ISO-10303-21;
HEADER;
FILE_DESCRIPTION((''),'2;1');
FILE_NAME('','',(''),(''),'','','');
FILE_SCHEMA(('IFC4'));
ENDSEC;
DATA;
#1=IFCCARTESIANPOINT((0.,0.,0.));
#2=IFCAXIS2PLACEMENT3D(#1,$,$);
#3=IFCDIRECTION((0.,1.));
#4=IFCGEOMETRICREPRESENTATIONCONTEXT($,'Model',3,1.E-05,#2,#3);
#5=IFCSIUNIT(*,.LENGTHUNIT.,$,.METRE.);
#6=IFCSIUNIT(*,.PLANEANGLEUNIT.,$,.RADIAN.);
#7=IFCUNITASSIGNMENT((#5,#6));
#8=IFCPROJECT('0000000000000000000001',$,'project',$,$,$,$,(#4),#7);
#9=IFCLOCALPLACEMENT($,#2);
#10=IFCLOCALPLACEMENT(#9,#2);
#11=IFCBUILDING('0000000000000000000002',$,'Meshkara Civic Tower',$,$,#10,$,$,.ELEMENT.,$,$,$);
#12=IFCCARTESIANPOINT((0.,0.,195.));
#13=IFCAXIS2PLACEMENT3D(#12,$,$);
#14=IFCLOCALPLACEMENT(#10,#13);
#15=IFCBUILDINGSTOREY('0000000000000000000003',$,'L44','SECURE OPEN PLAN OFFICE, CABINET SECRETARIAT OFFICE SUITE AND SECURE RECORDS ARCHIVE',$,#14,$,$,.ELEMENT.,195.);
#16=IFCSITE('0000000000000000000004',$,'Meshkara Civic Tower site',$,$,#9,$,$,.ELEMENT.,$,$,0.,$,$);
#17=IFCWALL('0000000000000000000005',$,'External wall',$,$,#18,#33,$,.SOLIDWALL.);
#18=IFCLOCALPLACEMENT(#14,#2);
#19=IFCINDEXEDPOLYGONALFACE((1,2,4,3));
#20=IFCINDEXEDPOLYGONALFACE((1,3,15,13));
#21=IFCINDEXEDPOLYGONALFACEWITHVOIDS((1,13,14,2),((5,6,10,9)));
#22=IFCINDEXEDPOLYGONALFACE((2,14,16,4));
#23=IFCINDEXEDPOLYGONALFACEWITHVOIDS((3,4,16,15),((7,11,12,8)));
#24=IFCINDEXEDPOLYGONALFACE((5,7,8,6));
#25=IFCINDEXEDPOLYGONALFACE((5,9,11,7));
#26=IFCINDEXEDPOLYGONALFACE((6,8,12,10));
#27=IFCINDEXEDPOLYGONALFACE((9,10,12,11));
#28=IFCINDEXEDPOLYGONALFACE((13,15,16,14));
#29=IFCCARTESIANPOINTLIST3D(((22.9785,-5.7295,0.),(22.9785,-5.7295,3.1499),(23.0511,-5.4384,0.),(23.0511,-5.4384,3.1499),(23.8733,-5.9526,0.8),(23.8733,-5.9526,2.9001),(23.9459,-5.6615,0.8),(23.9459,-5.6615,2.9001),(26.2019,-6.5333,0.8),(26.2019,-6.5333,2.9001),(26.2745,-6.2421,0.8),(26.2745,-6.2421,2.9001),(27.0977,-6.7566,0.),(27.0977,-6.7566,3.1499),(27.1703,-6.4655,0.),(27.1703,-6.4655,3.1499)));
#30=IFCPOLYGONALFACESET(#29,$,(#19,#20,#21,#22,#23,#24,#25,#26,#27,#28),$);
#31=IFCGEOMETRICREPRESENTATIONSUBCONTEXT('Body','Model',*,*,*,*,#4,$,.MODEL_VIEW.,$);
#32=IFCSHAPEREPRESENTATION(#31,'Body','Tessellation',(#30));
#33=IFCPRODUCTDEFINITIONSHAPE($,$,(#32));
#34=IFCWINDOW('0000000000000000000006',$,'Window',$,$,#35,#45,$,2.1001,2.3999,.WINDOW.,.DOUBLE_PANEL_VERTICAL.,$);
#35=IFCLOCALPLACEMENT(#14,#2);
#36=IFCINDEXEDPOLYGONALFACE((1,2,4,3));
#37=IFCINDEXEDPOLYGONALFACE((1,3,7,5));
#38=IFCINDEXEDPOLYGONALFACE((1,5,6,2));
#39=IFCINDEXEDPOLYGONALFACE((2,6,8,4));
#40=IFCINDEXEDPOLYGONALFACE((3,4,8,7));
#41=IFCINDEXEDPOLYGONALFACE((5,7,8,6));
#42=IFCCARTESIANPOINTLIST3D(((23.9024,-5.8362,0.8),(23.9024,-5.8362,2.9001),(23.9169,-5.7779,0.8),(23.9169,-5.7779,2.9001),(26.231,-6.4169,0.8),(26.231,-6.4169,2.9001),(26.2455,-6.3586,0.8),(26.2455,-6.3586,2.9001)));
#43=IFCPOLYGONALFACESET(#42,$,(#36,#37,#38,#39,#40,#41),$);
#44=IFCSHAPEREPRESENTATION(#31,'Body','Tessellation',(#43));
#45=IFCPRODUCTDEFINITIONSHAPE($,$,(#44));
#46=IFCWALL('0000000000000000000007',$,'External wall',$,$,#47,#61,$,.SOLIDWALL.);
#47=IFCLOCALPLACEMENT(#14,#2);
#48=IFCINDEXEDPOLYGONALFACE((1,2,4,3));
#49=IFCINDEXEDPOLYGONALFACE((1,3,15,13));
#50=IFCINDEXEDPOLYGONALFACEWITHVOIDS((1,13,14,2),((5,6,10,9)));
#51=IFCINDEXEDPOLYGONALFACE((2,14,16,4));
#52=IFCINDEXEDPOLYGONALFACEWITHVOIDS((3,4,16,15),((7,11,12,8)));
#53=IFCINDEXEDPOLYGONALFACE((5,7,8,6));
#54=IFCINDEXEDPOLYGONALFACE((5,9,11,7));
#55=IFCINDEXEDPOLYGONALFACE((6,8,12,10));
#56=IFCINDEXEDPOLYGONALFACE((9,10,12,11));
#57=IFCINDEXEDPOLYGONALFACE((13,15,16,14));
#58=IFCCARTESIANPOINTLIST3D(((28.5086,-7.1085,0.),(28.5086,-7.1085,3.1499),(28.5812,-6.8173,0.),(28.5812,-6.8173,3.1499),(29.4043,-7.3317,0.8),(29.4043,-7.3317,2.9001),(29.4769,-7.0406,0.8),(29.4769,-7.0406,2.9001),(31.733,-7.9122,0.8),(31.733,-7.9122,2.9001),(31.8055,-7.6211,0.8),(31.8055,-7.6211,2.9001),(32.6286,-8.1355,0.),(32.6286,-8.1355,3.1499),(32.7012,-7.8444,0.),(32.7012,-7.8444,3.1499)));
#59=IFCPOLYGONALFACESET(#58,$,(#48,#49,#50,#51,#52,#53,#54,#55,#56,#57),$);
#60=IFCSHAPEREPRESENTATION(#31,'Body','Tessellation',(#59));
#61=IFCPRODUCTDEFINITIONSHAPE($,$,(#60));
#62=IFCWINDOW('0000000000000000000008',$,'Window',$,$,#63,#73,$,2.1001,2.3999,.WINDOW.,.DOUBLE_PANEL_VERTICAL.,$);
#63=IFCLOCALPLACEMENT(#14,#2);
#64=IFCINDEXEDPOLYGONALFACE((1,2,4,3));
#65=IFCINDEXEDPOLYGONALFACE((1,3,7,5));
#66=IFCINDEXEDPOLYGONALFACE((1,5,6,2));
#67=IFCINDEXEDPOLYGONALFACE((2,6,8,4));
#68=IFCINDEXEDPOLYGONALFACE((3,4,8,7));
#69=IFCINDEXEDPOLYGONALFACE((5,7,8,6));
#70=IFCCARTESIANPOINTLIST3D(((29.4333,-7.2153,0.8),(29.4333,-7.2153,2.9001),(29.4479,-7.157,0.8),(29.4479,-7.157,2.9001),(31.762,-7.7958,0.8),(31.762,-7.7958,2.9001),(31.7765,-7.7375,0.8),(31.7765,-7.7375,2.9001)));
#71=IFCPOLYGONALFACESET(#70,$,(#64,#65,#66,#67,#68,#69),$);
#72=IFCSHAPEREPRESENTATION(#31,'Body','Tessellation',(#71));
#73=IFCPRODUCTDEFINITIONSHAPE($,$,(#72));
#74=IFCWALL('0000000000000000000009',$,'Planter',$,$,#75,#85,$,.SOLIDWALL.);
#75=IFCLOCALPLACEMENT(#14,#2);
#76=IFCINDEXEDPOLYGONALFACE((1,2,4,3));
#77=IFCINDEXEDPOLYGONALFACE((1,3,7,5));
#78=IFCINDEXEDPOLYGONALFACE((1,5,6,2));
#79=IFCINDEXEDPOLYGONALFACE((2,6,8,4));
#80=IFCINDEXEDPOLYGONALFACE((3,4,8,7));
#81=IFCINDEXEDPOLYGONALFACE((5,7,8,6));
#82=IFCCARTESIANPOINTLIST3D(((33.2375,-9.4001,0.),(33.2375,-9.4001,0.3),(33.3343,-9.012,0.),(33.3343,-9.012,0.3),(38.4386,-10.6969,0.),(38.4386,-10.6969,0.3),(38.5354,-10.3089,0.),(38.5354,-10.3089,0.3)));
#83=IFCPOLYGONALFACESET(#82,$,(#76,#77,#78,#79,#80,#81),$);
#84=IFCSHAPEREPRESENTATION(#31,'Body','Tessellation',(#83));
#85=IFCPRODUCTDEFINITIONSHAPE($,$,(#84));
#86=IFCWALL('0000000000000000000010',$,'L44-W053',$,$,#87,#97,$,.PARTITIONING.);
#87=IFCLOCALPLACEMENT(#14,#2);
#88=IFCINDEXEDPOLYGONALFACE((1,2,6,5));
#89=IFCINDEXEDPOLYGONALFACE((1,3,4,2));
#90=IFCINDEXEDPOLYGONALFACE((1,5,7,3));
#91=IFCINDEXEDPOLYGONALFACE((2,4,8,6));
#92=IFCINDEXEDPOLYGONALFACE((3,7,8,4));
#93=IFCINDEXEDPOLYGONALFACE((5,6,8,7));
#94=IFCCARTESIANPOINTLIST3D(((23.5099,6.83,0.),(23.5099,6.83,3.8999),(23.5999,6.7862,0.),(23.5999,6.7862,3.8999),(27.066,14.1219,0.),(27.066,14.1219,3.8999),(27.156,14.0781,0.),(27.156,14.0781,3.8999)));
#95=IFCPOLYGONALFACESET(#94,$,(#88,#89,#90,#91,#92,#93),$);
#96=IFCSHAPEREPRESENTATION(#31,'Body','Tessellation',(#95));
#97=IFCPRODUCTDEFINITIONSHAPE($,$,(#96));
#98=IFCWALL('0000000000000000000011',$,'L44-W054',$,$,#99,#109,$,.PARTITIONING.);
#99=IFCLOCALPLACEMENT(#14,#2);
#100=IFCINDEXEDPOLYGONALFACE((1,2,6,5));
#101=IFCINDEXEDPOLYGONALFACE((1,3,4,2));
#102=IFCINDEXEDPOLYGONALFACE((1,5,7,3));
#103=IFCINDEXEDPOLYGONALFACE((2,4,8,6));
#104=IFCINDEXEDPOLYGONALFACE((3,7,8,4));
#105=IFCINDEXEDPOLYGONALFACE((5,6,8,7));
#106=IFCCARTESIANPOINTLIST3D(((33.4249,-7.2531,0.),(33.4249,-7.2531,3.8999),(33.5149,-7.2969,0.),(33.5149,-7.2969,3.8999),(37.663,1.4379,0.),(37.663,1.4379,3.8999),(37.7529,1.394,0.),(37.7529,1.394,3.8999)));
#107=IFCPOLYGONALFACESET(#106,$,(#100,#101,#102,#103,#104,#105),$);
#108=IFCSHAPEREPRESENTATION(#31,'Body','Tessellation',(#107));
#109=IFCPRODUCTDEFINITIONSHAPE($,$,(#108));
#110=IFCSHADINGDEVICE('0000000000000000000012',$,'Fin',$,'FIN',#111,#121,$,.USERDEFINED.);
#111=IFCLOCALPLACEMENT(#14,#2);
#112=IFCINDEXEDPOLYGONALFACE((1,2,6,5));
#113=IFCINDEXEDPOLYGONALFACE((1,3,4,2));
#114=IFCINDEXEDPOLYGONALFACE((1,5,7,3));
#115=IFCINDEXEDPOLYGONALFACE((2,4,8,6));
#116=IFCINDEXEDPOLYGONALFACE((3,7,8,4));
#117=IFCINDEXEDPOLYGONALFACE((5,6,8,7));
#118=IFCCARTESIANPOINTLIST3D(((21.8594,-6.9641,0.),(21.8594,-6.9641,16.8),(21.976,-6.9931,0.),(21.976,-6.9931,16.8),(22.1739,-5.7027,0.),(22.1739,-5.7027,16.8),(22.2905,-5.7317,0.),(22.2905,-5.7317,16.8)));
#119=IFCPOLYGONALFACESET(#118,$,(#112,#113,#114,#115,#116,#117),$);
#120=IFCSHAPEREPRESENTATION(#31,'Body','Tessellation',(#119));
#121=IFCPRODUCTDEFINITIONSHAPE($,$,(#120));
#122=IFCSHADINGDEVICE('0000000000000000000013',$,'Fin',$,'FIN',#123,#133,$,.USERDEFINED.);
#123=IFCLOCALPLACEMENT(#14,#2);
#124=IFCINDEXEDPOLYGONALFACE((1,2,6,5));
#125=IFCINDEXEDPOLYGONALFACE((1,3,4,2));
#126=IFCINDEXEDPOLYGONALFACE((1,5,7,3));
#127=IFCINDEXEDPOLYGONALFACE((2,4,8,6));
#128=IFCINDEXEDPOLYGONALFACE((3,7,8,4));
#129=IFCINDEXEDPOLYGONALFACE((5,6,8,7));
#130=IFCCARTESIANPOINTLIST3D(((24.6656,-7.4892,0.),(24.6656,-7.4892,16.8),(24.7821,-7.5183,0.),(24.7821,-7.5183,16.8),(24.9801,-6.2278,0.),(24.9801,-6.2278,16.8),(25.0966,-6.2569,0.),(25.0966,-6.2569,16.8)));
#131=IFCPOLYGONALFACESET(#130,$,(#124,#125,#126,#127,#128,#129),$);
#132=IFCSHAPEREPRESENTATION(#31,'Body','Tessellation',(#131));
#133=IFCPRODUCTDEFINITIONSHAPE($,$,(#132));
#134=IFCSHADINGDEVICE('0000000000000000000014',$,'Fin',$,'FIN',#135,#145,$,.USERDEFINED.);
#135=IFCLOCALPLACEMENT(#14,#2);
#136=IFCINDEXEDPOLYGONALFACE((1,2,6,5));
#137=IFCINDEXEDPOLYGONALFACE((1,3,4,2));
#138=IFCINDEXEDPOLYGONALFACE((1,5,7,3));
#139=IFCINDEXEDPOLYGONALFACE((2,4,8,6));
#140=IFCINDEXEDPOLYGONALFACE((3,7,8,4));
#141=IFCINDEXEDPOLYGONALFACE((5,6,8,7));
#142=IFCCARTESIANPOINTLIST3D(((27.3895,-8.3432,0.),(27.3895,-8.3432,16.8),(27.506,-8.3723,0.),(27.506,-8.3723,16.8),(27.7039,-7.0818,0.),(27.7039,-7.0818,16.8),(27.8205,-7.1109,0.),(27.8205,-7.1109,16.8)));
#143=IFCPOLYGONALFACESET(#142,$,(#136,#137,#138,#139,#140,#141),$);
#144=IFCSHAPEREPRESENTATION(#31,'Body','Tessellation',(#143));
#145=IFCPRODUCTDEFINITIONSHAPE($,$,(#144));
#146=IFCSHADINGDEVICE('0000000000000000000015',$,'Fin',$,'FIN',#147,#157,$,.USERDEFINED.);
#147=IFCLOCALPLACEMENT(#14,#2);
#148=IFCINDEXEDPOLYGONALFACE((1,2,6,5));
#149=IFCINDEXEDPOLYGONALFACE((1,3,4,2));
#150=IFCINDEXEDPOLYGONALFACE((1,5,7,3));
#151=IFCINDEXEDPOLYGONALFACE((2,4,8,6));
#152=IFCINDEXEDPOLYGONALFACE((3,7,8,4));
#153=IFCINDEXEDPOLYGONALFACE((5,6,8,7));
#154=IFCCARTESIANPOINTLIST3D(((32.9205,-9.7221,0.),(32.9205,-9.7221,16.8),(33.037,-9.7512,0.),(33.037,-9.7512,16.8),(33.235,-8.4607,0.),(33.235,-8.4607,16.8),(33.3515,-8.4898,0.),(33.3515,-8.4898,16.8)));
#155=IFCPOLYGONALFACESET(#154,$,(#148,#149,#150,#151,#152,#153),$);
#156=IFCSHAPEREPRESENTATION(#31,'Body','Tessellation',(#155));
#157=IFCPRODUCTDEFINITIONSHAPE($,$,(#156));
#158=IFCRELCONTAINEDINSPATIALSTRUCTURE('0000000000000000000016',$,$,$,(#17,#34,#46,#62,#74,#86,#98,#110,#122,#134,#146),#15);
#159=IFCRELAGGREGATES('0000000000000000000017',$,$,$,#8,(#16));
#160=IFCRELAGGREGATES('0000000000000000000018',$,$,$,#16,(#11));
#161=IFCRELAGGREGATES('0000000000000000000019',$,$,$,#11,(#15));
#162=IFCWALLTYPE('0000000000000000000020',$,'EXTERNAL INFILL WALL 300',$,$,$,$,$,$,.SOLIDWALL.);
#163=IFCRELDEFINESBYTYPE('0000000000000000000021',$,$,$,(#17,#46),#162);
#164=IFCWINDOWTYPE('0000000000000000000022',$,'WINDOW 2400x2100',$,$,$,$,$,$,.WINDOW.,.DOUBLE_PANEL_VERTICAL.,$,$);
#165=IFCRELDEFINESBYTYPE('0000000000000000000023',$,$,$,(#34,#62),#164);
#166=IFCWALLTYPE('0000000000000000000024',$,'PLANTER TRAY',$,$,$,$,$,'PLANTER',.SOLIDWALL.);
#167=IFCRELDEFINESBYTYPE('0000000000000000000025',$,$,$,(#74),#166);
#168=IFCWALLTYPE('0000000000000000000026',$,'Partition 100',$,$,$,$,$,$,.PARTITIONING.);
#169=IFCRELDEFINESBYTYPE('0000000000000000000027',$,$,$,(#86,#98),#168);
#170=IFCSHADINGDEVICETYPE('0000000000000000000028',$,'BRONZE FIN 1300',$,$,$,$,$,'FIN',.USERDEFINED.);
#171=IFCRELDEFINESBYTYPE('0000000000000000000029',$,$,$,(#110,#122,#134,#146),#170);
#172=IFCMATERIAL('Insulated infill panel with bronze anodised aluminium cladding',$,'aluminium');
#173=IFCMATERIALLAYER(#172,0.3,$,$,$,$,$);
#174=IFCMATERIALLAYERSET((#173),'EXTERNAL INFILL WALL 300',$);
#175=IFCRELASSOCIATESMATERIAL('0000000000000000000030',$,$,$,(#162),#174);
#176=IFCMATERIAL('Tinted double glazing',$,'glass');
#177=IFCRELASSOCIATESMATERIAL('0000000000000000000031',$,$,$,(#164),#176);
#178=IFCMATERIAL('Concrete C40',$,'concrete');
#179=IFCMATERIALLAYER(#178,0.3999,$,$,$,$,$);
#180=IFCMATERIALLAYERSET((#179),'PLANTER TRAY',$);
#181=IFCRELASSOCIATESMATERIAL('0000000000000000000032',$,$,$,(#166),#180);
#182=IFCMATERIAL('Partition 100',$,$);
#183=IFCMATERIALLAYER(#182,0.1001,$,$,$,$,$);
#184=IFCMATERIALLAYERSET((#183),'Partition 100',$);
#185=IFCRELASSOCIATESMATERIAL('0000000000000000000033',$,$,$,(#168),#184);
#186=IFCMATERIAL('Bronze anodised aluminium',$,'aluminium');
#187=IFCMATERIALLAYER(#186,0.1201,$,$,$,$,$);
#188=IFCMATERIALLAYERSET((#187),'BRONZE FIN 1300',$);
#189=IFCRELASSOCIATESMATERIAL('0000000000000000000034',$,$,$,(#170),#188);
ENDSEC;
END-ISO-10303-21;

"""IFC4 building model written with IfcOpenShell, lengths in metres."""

from ifc_helpers import new_model, si_unit, direction, frame, frame_2d, origin, origin_2d, place, context, subcontext, project, spatial, rectangle, extrude, material, layer, layer_set, type_object, element, fill, save


model = new_model("IFC4")

# Units and contexts
model_context = context("Model", 3, precision=1e-05, world=origin(), true_north=direction((0.0, 1.0)))
body_context = subcontext(model_context, "Body", "Model", "MODEL_VIEW")
ifc_project = project(units=[si_unit("LENGTHUNIT", "METRE"), si_unit("PLANEANGLEUNIT", "RADIAN")], contexts=[model_context])

# Site, building, storey
site_placement = place(None, origin())
site = spatial("IfcSite", under=ifc_project, at=site_placement, Name="Meshkara Civic Tower site", CompositionType="ELEMENT", RefElevation=0.0)
building_placement = place(site_placement, origin())
building = spatial("IfcBuilding", under=site, at=building_placement, Name="Meshkara Civic Tower", CompositionType="ELEMENT")
storey_placement = place(building_placement, frame((0.0, 0.0, 195.0)))
storey = spatial("IfcBuildingStorey", under=building, at=storey_placement, Name="L44", Description="SECURE OPEN PLAN OFFICE, CABINET SECRETARIAT OFFICE SUITE AND SECURE RECORDS ARCHIVE", CompositionType="ELEMENT", Elevation=195.0)

# Walls, openings, windows
ifc_material_1 = material(Name="Insulated infill panel with bronze anodised aluminium cladding", Category="aluminium")
ifc_layer_1 = layer(ifc_material_1, 0.3)
ifc_layer_set_1 = layer_set([ifc_layer_1], Name="EXTERNAL INFILL WALL 300")
wall_type_1 = type_object("IfcWallType", Name="EXTERNAL INFILL WALL 300", PredefinedType="SOLIDWALL", material=ifc_layer_set_1)
wall_1_placement = place(storey_placement, frame((23.0149, -5.584, 0.0), z_axis=(0.0, 0.0, 1.0), x_axis=(0.970291, -0.24194, 0.0)))
wall_1 = element("IfcWall", 1, at=wall_1_placement, inside=storey, type_object=wall_type_1, Name="External wall", PredefinedType="SOLIDWALL", context=body_context, shape_type="SweptSolid", body=[
    extrude(rectangle(XDim=4.2454, YDim=0.3, at=frame_2d((2.1226, 0.0))), origin(), (0.0, 0.0, 1.0), 3.1499),
])
opening_1_placement = place(wall_1_placement, frame((0.9221, 0.0, 0.8)))
opening_1 = element("IfcOpeningElement", 2, at=opening_1_placement, cuts=wall_1, PredefinedType="OPENING", context=body_context, shape_type="SweptSolid", body=[
    extrude(rectangle(XDim=2.3999, YDim=2.1001, at=frame_2d((1.2, 1.05))), frame((0.0, 0.1599, 0.0), z_axis=(0.0, -1.0, 0.0), x_axis=(1.0, 0.0, 0.0)), (0.0, 0.0, 1.0), 0.3201),
])
ifc_material_2 = material(Name="Tinted double glazing", Category="glass")
window_type = type_object("IfcWindowType", Name="WINDOW 2400x2100", PartitioningType="DOUBLE_PANEL_VERTICAL", PredefinedType="WINDOW", material=ifc_material_2)
window_1_placement = place(opening_1_placement, origin())
window_1 = element("IfcWindow", 3, at=window_1_placement, inside=storey, type_object=window_type, Name="Window", OverallHeight=2.1001, OverallWidth=2.3999, PartitioningType="DOUBLE_PANEL_VERTICAL", PredefinedType="WINDOW", context=body_context, shape_type="SweptSolid", body=[
    extrude(rectangle(XDim=2.3999, YDim=2.1001, at=frame_2d((1.2, 1.05))), frame((0.0, 0.03, 0.0), z_axis=(0.0, -1.0, 0.0), x_axis=(1.0, 0.0, 0.0)), (0.0, 0.0, 1.0), 0.0601),
])
fill(opening_1, window_1)
wall_2_placement = place(storey_placement, frame((28.5449, -6.9629, 0.0), z_axis=(0.0, 0.0, 1.0), x_axis=(0.970305, -0.241886, 0.0)))
wall_2 = element("IfcWall", 4, at=wall_2_placement, inside=storey, type_object=wall_type_1, Name="External wall", PredefinedType="SOLIDWALL", context=body_context, shape_type="SweptSolid", body=[
    extrude(rectangle(XDim=4.2461, YDim=0.3, at=frame_2d((2.123, 0.0))), origin(), (0.0, 0.0, 1.0), 3.1499),
])
opening_2_placement = place(wall_2_placement, frame((0.9231, 0.0, 0.8)))
opening_2 = element("IfcOpeningElement", 5, at=opening_2_placement, cuts=wall_2, PredefinedType="OPENING", context=body_context, shape_type="SweptSolid", body=[
    extrude(rectangle(XDim=2.3999, YDim=2.1001, at=frame_2d((1.2, 1.05))), frame((0.0, 0.1599, 0.0), z_axis=(0.0, -1.0, 0.0), x_axis=(1.0, 0.0, 0.0)), (0.0, 0.0, 1.0), 0.3201),
])
window_2_placement = place(opening_2_placement, origin())
window_2 = element("IfcWindow", 6, at=window_2_placement, inside=storey, type_object=window_type, Name="Window", OverallHeight=2.1001, OverallWidth=2.3999, PartitioningType="DOUBLE_PANEL_VERTICAL", PredefinedType="WINDOW", context=body_context, shape_type="SweptSolid", body=[
    extrude(rectangle(XDim=2.3999, YDim=2.1001, at=frame_2d((1.2, 1.05))), frame((0.0, 0.03, 0.0), z_axis=(0.0, -1.0, 0.0), x_axis=(1.0, 0.0, 0.0)), (0.0, 0.0, 1.0), 0.0601),
])
fill(opening_2, window_2)

# Walls
ifc_material_3 = material(Name="Concrete C40", Category="concrete")
ifc_layer_2 = layer(ifc_material_3, 0.3999)
ifc_layer_set_2 = layer_set([ifc_layer_2], Name="PLANTER TRAY")
wall_type_2 = type_object("IfcWallType", Name="PLANTER TRAY", ElementType="PLANTER", PredefinedType="SOLIDWALL", material=ifc_layer_set_2)
wall_3_placement = place(storey_placement, frame((33.2859, -9.2061, 0.0), z_axis=(0.0, 0.0, 1.0), x_axis=(0.970292, -0.241935, 0.0)))
element("IfcWall", 7, at=wall_3_placement, inside=storey, type_object=wall_type_2, Name="Planter", PredefinedType="SOLIDWALL", context=body_context, shape_type="SweptSolid", body=[
    extrude(rectangle(XDim=5.3604, YDim=0.3999, at=frame_2d((2.6802, 0.0))), origin(), (0.0, 0.0, 1.0), 0.3),
])
ifc_material_4 = material(Name="Partition 100")
ifc_layer_3 = layer(ifc_material_4, 0.1001)
ifc_layer_set_3 = layer_set([ifc_layer_3], Name="Partition 100")
wall_type_3 = type_object("IfcWallType", Name="Partition 100", PredefinedType="PARTITIONING", material=ifc_layer_set_3)
wall_4_placement = place(storey_placement, frame((23.5549, 6.8081, 0.0), z_axis=(0.0, 0.0, 1.0), x_axis=(0.438332, 0.898813, 0.0)))
element("IfcWall", 8, at=wall_4_placement, inside=storey, type_object=wall_type_3, Name="L44-W053", PredefinedType="PARTITIONING", context=body_context, shape_type="SweptSolid", body=[
    extrude(rectangle(XDim=8.1128, YDim=0.1001, at=frame_2d((4.0564, 0.0))), origin(), (0.0, 0.0, 1.0), 3.8999),
])
wall_5_placement = place(storey_placement, frame((33.47, -7.2749, 0.0), z_axis=(0.0, 0.0, 1.0), x_axis=(0.438304, 0.898827, 0.0)))
element("IfcWall", 9, at=wall_5_placement, inside=storey, type_object=wall_type_3, Name="L44-W054", PredefinedType="PARTITIONING", context=body_context, shape_type="SweptSolid", body=[
    extrude(rectangle(XDim=9.6692, YDim=0.1001, at=frame_2d((4.8345, 0.0))), origin(), (0.0, 0.0, 1.0), 3.8999),
])

# Shading devices
ifc_material_5 = material(Name="Bronze anodised aluminium", Category="aluminium")
ifc_layer_4 = layer(ifc_material_5, 0.1201)
ifc_layer_set_4 = layer_set([ifc_layer_4], Name="BRONZE FIN 1300")
shading_device_type = type_object("IfcShadingDeviceType", Name="BRONZE FIN 1300", ElementType="FIN", PredefinedType="USERDEFINED", material=ifc_layer_set_4)
for number, where, z_axis, x_axis, name in (
    (10, (22.075, -6.3479, 0.0), (0.0, 0.0, 1.0), (0.9703, -0.241905, 0.0), "Fin"),
    (11, (24.8811, -6.873, 0.0), (0.0, 0.0, 1.0), (0.9703, -0.241905, 0.0), "Fin"),
    (12, (27.605, -7.7271, 0.0), (0.0, 0.0, 1.0), (0.9703, -0.241905, 0.0), "Fin"),
    (13, (33.136, -9.106, 0.0), (0.0, 0.0, 1.0), (0.9703, -0.241905, 0.0), "Fin"),
):
    element("IfcShadingDevice", number, at=place(storey_placement, frame(where, z_axis=z_axis, x_axis=x_axis)), inside=storey, type_object=shading_device_type, Name=name, ObjectType="FIN", PredefinedType="USERDEFINED", context=body_context, shape_type="SweptSolid", body=[
        extrude(rectangle(XDim=0.1201, YDim=1.3, at=origin_2d()), origin(), (0.0, 0.0, 1.0), 16.8),
    ])

save(model, "model.ifc")
